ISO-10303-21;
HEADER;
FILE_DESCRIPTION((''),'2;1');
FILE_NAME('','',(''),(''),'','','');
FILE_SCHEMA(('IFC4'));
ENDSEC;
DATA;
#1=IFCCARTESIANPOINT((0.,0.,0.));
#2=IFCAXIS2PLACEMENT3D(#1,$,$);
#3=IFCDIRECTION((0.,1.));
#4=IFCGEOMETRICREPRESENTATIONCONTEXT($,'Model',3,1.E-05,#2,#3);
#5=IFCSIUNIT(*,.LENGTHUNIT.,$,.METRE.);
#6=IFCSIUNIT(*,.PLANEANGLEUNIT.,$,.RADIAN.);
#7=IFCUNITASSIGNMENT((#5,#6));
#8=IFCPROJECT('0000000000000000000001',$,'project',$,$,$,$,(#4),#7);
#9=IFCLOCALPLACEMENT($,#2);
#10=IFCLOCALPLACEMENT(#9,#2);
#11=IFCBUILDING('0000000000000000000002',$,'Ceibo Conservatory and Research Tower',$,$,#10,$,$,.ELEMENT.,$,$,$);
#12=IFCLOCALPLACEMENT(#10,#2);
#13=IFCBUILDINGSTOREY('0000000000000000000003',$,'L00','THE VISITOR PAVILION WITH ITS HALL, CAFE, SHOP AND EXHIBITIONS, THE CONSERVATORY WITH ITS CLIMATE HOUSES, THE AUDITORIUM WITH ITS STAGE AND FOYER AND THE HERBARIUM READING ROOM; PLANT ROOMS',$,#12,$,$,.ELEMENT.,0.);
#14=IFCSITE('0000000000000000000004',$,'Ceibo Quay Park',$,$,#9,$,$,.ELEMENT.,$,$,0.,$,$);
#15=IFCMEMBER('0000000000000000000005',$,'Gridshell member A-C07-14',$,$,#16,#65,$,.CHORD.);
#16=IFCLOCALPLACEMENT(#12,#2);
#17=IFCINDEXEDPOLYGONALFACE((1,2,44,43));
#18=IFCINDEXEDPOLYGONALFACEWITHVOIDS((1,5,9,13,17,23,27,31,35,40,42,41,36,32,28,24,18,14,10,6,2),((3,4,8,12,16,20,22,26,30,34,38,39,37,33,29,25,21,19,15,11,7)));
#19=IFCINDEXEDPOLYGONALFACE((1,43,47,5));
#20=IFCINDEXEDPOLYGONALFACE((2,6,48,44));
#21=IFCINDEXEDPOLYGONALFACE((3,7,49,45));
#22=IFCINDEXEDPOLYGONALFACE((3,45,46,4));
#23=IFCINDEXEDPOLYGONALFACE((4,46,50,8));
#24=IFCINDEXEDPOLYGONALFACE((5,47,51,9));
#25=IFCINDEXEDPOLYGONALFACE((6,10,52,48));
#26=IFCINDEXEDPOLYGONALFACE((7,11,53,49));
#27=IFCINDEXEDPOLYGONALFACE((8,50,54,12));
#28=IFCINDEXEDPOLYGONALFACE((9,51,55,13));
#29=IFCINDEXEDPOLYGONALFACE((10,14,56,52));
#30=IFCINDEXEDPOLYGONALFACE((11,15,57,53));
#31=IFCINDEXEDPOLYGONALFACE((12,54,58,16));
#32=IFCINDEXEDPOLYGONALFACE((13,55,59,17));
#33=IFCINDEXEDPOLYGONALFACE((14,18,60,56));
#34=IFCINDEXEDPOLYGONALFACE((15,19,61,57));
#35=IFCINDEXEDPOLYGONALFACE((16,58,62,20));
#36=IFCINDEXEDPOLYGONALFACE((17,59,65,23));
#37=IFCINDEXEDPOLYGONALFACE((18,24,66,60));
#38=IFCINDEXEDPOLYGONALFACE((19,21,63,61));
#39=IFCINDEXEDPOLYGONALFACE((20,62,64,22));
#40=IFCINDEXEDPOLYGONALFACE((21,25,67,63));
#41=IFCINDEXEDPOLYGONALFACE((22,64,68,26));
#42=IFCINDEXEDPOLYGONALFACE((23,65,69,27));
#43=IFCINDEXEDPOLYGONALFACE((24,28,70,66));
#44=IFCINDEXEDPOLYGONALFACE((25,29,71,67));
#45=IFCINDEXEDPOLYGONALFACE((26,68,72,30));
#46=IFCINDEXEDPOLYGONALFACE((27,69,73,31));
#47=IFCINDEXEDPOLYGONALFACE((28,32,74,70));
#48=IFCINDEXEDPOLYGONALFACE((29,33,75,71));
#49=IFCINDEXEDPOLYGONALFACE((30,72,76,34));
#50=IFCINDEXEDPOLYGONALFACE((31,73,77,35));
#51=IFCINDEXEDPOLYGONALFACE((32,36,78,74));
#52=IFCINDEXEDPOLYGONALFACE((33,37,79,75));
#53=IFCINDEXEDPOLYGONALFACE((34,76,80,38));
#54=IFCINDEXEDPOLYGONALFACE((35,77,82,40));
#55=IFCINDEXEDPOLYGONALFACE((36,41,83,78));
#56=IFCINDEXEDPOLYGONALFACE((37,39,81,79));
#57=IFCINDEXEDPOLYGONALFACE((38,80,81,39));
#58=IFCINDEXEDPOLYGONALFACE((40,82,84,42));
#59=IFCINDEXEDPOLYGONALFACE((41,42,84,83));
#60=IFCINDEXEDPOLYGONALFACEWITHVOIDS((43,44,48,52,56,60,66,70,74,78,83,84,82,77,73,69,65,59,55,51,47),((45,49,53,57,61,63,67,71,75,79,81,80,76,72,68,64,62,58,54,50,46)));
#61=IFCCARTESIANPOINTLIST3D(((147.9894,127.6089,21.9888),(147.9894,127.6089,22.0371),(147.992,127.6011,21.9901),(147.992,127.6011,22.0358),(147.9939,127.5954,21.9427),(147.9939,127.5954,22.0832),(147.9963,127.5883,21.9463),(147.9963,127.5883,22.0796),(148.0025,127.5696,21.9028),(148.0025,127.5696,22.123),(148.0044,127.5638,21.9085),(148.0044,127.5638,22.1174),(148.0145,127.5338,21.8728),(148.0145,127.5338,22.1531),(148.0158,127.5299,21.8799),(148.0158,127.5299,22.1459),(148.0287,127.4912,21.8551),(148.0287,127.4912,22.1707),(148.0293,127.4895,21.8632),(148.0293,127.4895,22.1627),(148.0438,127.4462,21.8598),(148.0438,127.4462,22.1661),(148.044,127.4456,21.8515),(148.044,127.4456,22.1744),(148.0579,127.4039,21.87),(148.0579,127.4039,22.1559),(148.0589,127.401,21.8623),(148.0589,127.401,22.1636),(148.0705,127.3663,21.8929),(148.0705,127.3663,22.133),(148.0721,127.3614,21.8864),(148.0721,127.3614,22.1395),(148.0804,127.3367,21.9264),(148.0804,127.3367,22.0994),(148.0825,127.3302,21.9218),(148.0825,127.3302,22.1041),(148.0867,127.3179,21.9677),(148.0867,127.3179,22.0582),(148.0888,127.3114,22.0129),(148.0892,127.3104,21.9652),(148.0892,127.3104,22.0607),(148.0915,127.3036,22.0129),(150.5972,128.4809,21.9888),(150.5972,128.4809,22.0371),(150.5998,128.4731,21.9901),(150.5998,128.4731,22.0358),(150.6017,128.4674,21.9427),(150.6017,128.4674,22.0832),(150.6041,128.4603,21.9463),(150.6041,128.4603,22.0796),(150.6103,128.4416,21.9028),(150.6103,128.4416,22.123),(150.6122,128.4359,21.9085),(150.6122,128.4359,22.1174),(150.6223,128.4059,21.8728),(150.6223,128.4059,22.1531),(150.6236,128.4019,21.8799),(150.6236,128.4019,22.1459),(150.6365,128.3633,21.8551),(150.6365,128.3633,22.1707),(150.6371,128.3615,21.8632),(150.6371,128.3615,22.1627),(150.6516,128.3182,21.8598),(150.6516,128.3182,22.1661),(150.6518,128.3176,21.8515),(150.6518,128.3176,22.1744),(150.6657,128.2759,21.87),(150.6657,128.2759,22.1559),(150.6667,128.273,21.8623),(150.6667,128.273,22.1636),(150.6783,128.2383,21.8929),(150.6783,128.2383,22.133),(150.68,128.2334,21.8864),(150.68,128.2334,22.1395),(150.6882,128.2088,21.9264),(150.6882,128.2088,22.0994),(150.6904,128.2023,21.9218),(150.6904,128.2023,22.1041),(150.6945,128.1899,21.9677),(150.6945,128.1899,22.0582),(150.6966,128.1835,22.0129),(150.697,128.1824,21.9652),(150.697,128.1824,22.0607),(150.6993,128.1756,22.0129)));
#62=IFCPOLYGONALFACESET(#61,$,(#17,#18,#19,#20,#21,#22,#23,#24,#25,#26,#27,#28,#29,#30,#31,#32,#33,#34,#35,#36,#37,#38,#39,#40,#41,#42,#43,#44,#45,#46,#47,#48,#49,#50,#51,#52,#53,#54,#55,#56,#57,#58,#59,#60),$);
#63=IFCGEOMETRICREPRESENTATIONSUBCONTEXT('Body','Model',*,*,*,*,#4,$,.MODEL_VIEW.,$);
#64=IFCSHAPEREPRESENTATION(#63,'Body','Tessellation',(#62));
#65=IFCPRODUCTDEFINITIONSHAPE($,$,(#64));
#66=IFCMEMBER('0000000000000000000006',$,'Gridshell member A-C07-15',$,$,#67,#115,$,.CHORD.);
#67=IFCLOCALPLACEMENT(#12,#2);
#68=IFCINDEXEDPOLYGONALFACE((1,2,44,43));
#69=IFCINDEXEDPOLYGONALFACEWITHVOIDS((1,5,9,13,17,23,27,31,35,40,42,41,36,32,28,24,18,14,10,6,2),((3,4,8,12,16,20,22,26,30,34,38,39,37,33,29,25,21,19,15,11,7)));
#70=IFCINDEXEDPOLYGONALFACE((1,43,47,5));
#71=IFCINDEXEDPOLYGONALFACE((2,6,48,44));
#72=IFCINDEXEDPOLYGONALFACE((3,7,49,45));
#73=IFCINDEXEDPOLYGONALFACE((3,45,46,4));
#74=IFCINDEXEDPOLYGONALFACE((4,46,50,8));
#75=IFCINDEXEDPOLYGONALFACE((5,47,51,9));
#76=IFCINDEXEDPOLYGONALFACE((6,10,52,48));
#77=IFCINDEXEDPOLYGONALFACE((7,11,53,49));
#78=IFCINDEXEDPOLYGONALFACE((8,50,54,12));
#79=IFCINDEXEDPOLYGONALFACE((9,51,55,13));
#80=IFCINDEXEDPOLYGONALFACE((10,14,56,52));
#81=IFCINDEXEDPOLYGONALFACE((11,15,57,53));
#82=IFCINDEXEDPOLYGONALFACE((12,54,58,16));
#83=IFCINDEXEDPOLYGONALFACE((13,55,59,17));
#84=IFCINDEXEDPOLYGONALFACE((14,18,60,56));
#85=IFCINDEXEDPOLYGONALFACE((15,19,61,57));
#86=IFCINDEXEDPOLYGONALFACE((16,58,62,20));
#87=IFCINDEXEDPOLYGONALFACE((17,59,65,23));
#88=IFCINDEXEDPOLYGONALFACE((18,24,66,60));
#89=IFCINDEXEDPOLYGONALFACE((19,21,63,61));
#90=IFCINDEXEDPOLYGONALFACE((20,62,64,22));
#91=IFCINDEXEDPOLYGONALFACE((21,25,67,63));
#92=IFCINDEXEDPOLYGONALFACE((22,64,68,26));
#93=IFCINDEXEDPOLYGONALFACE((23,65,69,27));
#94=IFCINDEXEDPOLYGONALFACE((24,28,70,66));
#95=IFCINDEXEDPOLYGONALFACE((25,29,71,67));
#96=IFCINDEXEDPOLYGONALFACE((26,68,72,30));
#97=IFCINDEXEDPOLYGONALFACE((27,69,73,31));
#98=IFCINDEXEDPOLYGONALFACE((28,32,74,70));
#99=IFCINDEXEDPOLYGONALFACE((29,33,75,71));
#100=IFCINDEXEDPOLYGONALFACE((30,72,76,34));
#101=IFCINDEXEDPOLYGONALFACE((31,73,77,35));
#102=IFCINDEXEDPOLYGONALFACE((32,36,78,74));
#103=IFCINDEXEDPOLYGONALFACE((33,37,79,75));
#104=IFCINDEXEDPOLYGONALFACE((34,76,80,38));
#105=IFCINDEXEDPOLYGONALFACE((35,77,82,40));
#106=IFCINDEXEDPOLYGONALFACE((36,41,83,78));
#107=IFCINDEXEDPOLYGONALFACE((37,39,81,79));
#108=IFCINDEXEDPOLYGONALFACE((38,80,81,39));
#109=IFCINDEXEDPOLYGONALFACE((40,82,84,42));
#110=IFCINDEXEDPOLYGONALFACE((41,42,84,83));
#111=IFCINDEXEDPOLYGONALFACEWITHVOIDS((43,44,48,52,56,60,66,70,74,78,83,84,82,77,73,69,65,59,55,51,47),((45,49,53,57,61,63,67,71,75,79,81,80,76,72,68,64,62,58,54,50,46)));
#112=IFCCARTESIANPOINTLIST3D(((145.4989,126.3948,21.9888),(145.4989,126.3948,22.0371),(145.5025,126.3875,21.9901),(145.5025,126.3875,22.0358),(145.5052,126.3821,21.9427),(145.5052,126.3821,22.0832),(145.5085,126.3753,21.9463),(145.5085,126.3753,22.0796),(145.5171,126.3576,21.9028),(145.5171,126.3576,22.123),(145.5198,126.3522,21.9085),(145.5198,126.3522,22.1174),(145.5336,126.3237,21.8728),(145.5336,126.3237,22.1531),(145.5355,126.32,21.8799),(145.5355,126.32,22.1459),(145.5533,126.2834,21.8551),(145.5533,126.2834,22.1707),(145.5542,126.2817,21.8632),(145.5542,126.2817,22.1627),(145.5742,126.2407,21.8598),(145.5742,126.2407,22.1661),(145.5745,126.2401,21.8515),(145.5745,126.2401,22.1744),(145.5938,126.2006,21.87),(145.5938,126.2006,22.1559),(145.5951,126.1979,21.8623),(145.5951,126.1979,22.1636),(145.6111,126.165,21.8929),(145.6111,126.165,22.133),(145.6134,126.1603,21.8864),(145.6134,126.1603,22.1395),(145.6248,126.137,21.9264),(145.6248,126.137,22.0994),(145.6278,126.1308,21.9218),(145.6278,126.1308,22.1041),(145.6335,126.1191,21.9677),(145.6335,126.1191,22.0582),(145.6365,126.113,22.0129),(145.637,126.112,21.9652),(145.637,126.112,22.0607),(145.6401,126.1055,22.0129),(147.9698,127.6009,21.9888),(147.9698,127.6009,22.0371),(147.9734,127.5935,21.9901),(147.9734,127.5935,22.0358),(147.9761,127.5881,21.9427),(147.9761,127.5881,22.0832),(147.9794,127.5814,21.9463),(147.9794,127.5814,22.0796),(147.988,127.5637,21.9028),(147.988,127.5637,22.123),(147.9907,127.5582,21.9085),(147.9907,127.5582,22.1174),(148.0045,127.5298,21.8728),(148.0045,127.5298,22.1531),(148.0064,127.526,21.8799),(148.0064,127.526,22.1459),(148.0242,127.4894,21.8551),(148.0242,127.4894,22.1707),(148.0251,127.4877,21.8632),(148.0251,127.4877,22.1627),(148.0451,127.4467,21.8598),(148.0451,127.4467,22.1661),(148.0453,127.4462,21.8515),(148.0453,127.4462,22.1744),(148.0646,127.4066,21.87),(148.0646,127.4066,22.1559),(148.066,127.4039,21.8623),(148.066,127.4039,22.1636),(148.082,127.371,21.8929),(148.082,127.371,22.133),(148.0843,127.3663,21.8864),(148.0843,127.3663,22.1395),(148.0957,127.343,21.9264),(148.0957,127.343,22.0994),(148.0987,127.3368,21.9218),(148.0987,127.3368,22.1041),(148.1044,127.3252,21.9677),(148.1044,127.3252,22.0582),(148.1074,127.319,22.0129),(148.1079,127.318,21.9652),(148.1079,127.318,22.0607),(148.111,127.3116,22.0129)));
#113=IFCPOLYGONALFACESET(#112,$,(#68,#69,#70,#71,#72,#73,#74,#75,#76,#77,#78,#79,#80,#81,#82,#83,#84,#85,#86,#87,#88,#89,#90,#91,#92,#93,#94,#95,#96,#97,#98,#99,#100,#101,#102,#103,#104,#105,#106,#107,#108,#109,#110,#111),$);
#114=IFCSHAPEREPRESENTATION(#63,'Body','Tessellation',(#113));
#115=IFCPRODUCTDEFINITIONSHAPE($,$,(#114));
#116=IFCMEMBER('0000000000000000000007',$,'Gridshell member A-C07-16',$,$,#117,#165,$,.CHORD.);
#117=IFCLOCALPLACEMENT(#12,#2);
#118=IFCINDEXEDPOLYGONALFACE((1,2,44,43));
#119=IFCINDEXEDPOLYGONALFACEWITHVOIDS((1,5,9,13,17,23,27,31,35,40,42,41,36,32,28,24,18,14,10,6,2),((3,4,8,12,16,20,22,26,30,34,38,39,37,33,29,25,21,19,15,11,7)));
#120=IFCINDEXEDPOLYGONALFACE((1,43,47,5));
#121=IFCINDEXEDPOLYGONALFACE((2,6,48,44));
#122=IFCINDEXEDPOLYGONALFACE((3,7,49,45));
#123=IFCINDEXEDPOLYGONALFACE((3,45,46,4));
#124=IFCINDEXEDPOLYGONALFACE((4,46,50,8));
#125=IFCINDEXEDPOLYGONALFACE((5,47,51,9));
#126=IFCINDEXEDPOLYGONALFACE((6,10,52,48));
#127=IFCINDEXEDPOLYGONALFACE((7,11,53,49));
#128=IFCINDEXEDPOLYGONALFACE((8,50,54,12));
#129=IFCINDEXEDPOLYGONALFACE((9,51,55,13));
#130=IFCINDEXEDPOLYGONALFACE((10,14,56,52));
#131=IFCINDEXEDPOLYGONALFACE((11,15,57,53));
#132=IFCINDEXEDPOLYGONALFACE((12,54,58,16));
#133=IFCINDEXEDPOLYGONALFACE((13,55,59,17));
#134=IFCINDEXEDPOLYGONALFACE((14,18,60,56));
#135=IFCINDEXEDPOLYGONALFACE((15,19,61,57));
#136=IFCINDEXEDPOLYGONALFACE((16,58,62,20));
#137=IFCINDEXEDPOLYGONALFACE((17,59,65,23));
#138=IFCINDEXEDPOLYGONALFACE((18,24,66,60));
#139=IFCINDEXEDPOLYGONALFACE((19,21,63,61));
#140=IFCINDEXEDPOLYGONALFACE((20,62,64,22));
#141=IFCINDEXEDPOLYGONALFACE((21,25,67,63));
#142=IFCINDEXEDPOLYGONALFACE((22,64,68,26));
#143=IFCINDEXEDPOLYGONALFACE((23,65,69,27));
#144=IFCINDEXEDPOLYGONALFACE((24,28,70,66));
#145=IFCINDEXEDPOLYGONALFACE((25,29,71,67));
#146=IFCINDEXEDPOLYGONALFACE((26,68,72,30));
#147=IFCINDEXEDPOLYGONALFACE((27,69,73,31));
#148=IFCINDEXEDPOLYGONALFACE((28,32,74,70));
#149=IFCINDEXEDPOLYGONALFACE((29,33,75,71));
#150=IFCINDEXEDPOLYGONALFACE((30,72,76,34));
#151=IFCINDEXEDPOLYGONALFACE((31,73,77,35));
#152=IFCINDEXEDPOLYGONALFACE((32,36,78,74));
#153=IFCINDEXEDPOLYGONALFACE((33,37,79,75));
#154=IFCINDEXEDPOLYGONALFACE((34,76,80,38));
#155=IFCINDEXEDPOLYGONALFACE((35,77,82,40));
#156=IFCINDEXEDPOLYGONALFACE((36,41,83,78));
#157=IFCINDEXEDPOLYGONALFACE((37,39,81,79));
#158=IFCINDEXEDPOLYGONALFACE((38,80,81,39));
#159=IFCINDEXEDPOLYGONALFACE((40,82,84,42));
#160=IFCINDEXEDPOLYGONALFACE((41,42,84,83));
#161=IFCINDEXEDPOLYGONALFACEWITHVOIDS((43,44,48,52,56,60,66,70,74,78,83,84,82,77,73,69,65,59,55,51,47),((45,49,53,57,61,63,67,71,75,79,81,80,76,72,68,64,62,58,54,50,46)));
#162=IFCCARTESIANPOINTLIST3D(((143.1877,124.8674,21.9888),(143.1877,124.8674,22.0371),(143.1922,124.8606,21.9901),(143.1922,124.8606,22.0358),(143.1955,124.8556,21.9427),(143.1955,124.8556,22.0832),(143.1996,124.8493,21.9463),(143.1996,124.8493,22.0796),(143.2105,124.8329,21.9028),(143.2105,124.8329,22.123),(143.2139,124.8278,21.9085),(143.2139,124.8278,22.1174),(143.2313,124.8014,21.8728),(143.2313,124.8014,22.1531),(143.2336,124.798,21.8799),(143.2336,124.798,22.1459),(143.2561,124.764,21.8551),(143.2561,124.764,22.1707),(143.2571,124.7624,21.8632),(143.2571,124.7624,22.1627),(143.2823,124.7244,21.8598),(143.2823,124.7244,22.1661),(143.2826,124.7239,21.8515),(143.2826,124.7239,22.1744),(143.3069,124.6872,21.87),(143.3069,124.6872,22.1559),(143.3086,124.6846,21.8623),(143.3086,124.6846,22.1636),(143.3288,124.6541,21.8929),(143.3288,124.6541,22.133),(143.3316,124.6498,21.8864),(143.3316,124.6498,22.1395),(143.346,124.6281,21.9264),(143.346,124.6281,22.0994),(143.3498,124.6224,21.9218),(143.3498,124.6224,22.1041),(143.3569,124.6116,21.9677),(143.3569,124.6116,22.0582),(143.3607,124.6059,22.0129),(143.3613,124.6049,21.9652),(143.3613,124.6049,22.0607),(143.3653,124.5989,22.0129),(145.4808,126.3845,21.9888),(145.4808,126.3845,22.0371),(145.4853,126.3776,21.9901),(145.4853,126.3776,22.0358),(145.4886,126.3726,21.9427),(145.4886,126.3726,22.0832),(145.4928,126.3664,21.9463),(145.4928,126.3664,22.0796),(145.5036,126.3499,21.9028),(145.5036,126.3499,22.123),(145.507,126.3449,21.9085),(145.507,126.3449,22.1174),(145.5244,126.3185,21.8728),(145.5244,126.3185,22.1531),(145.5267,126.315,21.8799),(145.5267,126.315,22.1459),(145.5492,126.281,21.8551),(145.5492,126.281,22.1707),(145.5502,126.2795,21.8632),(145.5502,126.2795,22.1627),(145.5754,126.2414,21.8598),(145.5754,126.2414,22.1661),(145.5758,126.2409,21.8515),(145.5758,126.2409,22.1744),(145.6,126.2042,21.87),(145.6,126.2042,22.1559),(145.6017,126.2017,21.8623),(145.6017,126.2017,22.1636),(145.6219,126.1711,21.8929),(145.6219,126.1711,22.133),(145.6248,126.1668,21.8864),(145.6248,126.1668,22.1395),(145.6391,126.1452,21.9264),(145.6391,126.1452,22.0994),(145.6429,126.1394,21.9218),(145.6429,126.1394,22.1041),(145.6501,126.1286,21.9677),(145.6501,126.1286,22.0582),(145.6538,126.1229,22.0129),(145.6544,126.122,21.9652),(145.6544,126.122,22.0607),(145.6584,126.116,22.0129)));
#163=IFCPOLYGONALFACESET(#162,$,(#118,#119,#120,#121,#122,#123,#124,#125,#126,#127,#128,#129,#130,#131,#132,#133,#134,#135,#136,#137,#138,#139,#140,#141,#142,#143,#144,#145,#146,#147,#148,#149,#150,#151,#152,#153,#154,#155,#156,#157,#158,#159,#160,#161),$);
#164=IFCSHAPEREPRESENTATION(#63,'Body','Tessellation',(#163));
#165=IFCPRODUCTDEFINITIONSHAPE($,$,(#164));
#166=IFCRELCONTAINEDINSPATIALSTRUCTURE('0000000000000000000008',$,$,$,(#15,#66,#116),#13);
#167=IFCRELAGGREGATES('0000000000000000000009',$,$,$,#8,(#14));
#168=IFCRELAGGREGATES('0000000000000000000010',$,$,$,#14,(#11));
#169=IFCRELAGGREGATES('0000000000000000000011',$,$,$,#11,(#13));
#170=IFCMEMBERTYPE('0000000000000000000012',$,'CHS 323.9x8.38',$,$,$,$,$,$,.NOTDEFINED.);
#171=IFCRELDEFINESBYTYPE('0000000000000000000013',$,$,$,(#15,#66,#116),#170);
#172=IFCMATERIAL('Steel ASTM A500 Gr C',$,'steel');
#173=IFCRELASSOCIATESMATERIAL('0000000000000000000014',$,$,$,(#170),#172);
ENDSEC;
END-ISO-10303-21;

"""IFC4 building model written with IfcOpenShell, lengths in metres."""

from ifc_helpers import new_model, si_unit, direction, frame, origin, origin_2d, place, context, subcontext, project, spatial, hollow_circle, extrude, material, material_profile, profile_set, type_object, element, save


model = new_model("IFC4")

# Units and contexts
model_context = context("Model", 3, precision=1e-05, world=origin(), true_north=direction((0.0, 1.0)))
body_context = subcontext(model_context, "Body", "Model", "MODEL_VIEW")
ifc_project = project(units=[si_unit("LENGTHUNIT", "METRE"), si_unit("PLANEANGLEUNIT", "RADIAN")], contexts=[model_context])

# Site, building, storey
site_placement = place(None, origin())
site = spatial("IfcSite", under=ifc_project, at=site_placement, Name="Ceibo Quay Park", CompositionType="ELEMENT", RefElevation=0.0)
building_placement = place(site_placement, origin())
building = spatial("IfcBuilding", under=site, at=building_placement, Name="Ceibo Conservatory and Research Tower", CompositionType="ELEMENT")
storey_placement = place(building_placement, origin())
storey = spatial("IfcBuildingStorey", under=building, at=storey_placement, Name="L00", Description="THE VISITOR PAVILION WITH ITS HALL, CAFE, SHOP AND EXHIBITIONS, THE CONSERVATORY WITH ITS CLIMATE HOUSES, THE AUDITORIUM WITH ITS STAGE AND FOYER AND THE HERBARIUM READING ROOM; PLANT ROOMS", CompositionType="ELEMENT", Elevation=0.0)

# Members
ifc_material_1 = material(Name="Steel ASTM A500 Gr C", Category="steel")
ifc_material_profile_1 = material_profile(ifc_material_1, hollow_circle(Radius=0.1619, WallThickness=0.0083, at=origin_2d()), Name="CHS 323.9x8.38")
ifc_profile_set_1 = profile_set([ifc_material_profile_1], Name="Steel ASTM A500 Gr C")
member_type_1 = type_object("IfcMemberType", Name="CHS 323.9x8.38", PredefinedType="NOTDEFINED", material=ifc_profile_set_1)
member_1_placement = place(storey_placement, frame((150.6479, 128.3291, 22.0129), z_axis=(-0.948381, -0.317133, 0.0), x_axis=(0.317133, -0.948381, 0.0)))
element("IfcMember", 1, at=member_1_placement, inside=storey, type_object=member_type_1, Name="Gridshell member A-C07-14", PredefinedType="CHORD", context=body_context, shape_type="SweptSolid", body=[
    extrude(hollow_circle(Radius=0.1619, WallThickness=0.0083, at=origin_2d()), origin(), (0.0, 0.0, 1.0), 2.7498),
])
for number, where, z_axis, x_axis, name in (
    (2, (148.04, 127.457, 22.0129), (-0.898666, -0.438634, 0.0), (0.438634, -0.898666, 0.0), "Gridshell member A-C07-15"),
    (3, (145.5691, 126.251, 22.0129), (-0.834012, -0.551746, 0.0), (0.551746, -0.834012, 0.0), "Gridshell member A-C07-16"),
):
    element("IfcMember", number, at=place(storey_placement, frame(where, z_axis=z_axis, x_axis=x_axis)), inside=storey, type_object=member_type_1, Name=name, PredefinedType="CHORD", context=body_context, shape_type="SweptSolid", body=[
        extrude(hollow_circle(Radius=0.1619, WallThickness=0.0083, at=origin_2d()), origin(), (0.0, 0.0, 1.0), 2.7495),
    ])

save(model, "model.ifc")
